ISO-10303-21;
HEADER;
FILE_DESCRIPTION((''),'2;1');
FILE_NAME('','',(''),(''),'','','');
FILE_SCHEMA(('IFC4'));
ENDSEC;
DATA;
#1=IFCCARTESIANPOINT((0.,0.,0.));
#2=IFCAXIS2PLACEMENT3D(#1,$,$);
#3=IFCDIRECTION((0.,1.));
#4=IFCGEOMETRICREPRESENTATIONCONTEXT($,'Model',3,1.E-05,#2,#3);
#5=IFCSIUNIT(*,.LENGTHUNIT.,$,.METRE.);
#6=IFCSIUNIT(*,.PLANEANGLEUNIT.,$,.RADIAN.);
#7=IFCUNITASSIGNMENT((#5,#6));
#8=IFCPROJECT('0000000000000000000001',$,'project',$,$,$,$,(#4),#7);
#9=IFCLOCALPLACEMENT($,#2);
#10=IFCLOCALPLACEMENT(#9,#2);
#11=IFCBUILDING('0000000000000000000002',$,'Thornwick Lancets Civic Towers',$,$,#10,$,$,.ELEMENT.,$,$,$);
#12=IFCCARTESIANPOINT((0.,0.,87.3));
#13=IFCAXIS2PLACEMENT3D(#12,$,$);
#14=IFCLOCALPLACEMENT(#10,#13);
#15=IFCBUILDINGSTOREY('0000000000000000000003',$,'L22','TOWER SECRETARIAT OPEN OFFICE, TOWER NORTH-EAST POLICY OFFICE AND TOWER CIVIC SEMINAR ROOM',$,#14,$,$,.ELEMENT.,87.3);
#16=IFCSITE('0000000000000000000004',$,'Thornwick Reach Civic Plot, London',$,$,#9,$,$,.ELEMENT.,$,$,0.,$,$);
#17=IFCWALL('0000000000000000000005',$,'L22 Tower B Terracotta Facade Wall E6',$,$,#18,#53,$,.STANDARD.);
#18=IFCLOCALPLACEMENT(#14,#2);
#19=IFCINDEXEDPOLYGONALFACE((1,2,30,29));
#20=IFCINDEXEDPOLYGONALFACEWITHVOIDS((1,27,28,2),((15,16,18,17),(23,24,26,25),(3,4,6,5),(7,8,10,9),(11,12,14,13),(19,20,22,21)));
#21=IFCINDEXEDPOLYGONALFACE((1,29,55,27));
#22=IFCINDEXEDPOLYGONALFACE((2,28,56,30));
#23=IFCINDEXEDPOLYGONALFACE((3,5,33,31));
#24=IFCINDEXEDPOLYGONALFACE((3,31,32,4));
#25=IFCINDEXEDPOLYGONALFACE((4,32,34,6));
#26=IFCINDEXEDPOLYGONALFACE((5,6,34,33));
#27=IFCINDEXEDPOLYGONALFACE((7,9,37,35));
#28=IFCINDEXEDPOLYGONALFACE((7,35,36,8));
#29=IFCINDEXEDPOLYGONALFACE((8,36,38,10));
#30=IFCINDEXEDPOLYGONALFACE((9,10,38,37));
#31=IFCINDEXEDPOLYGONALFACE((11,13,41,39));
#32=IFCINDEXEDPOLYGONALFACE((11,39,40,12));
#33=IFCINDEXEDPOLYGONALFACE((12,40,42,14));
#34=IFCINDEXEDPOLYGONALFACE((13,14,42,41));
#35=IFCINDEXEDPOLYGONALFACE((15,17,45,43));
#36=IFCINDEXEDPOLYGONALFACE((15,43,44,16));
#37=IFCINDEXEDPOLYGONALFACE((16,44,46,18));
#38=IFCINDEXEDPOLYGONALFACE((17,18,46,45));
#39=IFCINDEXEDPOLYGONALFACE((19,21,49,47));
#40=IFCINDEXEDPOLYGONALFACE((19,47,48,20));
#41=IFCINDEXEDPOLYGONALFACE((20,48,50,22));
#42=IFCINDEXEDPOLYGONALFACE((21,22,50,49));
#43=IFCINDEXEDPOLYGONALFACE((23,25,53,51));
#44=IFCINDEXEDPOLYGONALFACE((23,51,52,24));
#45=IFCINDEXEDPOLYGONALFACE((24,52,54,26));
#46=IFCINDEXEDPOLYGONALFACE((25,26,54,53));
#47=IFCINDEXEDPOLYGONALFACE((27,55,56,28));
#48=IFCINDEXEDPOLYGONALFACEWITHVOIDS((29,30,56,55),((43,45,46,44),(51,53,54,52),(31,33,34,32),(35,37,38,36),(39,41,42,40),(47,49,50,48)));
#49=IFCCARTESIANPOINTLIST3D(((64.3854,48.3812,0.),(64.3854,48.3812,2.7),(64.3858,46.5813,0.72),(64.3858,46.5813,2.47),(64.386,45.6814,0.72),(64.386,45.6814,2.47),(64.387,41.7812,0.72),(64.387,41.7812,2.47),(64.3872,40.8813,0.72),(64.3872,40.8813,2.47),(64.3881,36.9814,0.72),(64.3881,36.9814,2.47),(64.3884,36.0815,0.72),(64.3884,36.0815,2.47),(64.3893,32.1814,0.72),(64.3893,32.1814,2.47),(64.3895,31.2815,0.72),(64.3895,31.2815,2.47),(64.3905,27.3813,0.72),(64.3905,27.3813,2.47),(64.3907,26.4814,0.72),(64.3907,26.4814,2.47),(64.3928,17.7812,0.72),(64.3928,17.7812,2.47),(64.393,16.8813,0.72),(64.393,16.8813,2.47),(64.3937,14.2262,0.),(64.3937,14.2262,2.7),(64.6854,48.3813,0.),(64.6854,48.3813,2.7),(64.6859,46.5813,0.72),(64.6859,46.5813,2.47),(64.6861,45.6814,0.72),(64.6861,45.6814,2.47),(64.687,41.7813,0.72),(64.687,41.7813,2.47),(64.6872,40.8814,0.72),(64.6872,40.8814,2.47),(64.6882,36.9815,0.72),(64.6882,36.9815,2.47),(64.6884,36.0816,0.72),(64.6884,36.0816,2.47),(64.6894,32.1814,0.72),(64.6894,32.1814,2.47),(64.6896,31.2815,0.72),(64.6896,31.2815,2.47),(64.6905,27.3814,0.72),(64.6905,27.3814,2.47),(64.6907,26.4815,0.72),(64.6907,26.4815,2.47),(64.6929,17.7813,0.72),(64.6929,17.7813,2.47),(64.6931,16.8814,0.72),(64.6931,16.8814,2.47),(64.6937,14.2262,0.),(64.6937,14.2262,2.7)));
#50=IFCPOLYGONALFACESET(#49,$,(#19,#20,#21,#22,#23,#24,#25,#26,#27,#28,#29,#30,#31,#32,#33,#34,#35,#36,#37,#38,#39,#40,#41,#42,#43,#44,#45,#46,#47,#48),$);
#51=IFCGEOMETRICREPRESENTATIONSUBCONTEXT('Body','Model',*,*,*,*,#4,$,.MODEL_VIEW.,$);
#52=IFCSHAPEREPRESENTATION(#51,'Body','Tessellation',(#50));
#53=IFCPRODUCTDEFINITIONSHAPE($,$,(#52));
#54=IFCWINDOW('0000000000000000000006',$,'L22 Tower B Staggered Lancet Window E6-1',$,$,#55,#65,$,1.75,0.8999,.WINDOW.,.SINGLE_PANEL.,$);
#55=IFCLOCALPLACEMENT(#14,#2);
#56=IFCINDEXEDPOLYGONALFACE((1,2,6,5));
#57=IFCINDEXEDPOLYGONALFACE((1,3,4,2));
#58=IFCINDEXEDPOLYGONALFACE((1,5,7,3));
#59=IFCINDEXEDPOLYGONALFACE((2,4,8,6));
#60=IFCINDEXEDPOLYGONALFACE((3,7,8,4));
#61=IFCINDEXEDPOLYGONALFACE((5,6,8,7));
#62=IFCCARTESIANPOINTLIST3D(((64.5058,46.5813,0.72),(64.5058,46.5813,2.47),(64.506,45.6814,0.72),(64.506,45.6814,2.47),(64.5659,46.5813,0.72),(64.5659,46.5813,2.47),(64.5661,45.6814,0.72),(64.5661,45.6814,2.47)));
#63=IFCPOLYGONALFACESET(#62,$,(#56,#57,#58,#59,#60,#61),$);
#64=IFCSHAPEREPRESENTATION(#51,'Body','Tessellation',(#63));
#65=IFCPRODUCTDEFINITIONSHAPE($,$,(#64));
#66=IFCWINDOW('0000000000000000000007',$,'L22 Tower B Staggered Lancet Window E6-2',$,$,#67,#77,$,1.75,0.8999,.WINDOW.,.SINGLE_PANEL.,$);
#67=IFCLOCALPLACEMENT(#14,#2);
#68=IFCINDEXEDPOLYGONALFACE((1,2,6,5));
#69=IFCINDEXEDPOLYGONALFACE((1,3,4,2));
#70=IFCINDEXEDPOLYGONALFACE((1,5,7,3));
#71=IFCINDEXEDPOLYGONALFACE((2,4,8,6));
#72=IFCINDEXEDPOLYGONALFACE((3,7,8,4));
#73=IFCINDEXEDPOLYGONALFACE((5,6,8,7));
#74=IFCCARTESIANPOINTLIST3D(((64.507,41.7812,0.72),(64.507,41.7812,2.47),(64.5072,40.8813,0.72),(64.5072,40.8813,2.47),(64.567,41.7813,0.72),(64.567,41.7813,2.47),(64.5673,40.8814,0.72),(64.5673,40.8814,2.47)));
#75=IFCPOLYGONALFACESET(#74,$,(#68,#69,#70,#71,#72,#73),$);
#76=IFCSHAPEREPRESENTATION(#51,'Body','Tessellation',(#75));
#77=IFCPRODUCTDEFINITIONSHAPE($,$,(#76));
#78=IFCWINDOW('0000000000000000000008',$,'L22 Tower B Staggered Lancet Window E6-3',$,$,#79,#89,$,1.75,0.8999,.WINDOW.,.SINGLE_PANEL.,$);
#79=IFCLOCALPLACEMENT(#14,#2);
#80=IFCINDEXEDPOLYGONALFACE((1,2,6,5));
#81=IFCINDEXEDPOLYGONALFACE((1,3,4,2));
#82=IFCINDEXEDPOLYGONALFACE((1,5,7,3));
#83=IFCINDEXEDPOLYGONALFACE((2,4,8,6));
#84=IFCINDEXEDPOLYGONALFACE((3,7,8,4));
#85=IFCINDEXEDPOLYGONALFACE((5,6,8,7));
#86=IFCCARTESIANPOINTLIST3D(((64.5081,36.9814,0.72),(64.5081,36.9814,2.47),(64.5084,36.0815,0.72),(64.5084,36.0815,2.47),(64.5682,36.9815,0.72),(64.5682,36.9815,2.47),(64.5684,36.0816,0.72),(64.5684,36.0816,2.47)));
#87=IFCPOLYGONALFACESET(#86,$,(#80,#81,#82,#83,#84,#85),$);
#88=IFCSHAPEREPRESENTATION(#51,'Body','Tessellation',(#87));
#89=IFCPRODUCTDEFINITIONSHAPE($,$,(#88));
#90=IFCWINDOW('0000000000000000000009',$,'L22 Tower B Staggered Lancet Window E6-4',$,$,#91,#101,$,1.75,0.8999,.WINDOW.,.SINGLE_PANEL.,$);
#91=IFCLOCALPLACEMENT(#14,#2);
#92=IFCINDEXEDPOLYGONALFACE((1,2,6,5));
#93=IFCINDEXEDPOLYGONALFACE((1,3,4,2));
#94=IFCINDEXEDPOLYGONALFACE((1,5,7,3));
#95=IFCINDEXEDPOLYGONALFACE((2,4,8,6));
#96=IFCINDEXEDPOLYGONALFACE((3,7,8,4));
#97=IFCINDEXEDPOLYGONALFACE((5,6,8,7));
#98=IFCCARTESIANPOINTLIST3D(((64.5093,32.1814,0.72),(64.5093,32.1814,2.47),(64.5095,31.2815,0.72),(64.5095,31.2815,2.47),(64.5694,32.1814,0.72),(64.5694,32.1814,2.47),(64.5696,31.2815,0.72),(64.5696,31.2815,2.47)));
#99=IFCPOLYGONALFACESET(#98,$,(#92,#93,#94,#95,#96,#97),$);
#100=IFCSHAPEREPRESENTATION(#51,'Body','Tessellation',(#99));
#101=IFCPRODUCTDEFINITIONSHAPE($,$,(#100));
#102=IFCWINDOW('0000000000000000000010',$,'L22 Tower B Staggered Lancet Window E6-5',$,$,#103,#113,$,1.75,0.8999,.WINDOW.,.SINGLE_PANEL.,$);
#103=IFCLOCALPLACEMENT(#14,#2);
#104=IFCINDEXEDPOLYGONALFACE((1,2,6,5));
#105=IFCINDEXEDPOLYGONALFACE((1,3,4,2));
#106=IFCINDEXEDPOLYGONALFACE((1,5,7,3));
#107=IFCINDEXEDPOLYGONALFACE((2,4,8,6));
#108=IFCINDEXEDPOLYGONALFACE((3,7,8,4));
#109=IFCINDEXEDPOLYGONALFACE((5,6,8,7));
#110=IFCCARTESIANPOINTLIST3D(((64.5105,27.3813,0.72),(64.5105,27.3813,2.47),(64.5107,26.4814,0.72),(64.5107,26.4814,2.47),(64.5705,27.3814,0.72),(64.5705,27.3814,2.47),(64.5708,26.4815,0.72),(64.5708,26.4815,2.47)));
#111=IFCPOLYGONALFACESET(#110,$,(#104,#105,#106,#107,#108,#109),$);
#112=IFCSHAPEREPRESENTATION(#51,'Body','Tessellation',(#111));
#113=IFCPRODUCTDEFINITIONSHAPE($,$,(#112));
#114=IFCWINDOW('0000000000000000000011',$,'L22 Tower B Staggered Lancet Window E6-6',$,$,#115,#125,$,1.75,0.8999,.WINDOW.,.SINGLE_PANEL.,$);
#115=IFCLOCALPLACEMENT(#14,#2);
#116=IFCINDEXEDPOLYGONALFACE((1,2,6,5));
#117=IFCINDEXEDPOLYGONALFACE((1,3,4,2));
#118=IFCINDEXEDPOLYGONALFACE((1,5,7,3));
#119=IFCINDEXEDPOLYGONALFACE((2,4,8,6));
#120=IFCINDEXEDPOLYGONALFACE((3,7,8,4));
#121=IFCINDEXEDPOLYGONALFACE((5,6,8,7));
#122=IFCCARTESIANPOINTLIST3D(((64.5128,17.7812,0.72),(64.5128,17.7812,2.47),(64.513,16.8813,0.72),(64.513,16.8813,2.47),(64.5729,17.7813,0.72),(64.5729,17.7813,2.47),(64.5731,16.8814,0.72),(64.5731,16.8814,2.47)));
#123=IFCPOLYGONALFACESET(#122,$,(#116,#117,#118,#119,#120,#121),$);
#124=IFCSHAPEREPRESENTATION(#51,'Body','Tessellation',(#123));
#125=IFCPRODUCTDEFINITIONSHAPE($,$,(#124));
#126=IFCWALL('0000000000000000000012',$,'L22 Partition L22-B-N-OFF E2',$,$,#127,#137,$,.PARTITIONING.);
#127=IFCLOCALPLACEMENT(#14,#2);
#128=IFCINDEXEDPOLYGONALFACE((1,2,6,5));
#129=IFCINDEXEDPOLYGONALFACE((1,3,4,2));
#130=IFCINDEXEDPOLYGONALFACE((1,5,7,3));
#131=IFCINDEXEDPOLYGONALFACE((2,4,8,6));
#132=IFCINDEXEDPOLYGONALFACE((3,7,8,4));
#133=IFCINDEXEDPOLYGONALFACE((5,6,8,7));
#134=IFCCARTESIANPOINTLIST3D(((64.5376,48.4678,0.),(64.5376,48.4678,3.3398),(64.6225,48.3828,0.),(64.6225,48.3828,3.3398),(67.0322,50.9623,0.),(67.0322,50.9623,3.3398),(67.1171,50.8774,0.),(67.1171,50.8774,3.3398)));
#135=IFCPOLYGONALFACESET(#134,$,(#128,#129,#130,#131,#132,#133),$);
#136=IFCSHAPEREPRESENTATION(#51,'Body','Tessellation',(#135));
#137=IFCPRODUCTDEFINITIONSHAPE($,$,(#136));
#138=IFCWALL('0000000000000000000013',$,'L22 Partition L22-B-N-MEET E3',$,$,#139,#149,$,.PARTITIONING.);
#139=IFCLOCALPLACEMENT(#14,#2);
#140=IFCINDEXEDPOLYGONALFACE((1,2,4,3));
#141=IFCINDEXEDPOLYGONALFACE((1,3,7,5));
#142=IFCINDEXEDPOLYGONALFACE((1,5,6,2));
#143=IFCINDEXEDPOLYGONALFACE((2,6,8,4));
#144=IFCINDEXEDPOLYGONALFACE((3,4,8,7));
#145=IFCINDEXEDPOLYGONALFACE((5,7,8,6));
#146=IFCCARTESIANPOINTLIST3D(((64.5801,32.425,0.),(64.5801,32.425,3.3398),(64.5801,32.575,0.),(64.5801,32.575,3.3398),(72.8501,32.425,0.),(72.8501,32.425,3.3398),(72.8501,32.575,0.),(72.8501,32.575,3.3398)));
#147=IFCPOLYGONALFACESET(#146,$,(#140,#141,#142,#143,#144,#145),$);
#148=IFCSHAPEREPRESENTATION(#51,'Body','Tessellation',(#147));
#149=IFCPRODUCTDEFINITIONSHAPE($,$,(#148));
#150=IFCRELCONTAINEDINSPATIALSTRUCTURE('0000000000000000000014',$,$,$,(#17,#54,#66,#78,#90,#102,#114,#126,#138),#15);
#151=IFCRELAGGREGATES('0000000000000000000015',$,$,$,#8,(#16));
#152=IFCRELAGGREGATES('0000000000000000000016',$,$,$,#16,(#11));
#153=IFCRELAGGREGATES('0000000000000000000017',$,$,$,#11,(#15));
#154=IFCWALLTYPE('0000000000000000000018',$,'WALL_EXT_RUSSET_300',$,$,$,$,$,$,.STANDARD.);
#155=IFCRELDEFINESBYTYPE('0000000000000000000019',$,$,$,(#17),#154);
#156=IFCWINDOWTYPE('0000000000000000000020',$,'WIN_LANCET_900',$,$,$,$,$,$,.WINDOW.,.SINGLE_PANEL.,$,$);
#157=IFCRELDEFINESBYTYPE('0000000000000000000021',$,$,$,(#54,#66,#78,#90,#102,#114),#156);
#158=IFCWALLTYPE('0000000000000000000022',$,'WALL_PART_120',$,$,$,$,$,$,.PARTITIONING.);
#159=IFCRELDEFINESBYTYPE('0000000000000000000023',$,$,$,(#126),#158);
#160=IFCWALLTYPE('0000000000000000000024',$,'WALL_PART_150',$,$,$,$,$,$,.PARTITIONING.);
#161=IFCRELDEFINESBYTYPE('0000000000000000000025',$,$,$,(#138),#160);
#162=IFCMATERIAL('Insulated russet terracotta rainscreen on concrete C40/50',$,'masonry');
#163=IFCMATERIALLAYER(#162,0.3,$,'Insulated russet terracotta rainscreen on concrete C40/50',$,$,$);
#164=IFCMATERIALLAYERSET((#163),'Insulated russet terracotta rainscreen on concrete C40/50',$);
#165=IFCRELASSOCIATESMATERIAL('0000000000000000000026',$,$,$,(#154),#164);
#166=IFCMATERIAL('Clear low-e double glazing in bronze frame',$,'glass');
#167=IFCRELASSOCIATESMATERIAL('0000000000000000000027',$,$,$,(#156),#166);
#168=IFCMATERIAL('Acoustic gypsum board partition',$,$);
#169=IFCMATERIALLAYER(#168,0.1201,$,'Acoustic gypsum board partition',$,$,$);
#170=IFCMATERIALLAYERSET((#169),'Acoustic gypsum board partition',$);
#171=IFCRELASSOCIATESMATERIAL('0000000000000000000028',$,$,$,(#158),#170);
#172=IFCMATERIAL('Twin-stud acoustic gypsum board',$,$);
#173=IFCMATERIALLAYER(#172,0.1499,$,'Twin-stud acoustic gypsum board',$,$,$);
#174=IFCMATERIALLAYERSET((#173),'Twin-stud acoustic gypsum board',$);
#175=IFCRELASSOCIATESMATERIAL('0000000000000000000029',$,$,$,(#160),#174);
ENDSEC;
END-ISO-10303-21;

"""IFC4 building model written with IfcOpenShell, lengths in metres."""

from ifc_helpers import new_model, si_unit, direction, frame, frame_2d, origin, place, context, subcontext, project, spatial, rectangle, extrude, material, layer, layer_set, type_object, element, fill, save


model = new_model("IFC4")

# Units and contexts
model_context = context("Model", 3, precision=1e-05, world=origin(), true_north=direction((0.0, 1.0)))
body_context = subcontext(model_context, "Body", "Model", "MODEL_VIEW")
ifc_project = project(units=[si_unit("LENGTHUNIT", "METRE"), si_unit("PLANEANGLEUNIT", "RADIAN")], contexts=[model_context])

# Site, building, storey
site_placement = place(None, origin())
site = spatial("IfcSite", under=ifc_project, at=site_placement, Name="Thornwick Reach Civic Plot, London", CompositionType="ELEMENT", RefElevation=0.0)
building_placement = place(site_placement, origin())
building = spatial("IfcBuilding", under=site, at=building_placement, Name="Thornwick Lancets Civic Towers", CompositionType="ELEMENT")
storey_placement = place(building_placement, frame((0.0, 0.0, 87.3)))
storey = spatial("IfcBuildingStorey", under=building, at=storey_placement, Name="L22", Description="TOWER SECRETARIAT OPEN OFFICE, TOWER NORTH-EAST POLICY OFFICE AND TOWER CIVIC SEMINAR ROOM", CompositionType="ELEMENT", Elevation=87.3)

# Wall, openings, windows
ifc_material_1 = material(Name="Insulated russet terracotta rainscreen on concrete C40/50", Category="masonry")
ifc_layer_1 = layer(ifc_material_1, 0.3, Name="Insulated russet terracotta rainscreen on concrete C40/50")
ifc_layer_set_1 = layer_set([ifc_layer_1], Name="Insulated russet terracotta rainscreen on concrete C40/50")
wall_type_1 = type_object("IfcWallType", Name="WALL_EXT_RUSSET_300", PredefinedType="STANDARD", material=ifc_layer_set_1)
wall_1_placement = place(storey_placement, frame((64.5354, 48.3813, 0.0), z_axis=(0.0, 0.0, 1.0), x_axis=(0.000243, -1.0, 0.0)))
wall_1 = element("IfcWall", 1, at=wall_1_placement, inside=storey, type_object=wall_type_1, Name="L22 Tower B Terracotta Facade Wall E6", PredefinedType="STANDARD", context=body_context, shape_type="SweptSolid", body=[
    extrude(rectangle(XDim=34.155, YDim=0.3, at=frame_2d((17.0776, 0.0))), origin(), (0.0, 0.0, 1.0), 2.7),
])
opening_1_placement = place(wall_1_placement, frame((1.8, 0.0, 0.72)))
opening_1 = element("IfcOpeningElement", 2, at=opening_1_placement, cuts=wall_1, PredefinedType="OPENING", context=body_context, shape_type="SweptSolid", body=[
    extrude(rectangle(XDim=0.8999, YDim=1.75, at=frame_2d((0.45, 0.875))), frame((0.0, 0.1602, 0.0), z_axis=(0.0, -1.0, 0.0), x_axis=(1.0, 0.0, 0.0)), (0.0, 0.0, 1.0), 0.3201),
])
opening_2_placement = place(wall_1_placement, frame((6.6001, 0.0, 0.72)))
opening_2 = element("IfcOpeningElement", 3, at=opening_2_placement, cuts=wall_1, PredefinedType="OPENING", context=body_context, shape_type="SweptSolid", body=[
    extrude(rectangle(XDim=0.8999, YDim=1.75, at=frame_2d((0.45, 0.875))), frame((0.0, 0.1602, 0.0), z_axis=(0.0, -1.0, 0.0), x_axis=(1.0, 0.0, 0.0)), (0.0, 0.0, 1.0), 0.3201),
])
opening_3_placement = place(wall_1_placement, frame((11.3999, 0.0, 0.72)))
opening_3 = element("IfcOpeningElement", 4, at=opening_3_placement, cuts=wall_1, PredefinedType="OPENING", context=body_context, shape_type="SweptSolid", body=[
    extrude(rectangle(XDim=0.8999, YDim=1.75, at=frame_2d((0.45, 0.875))), frame((0.0, 0.1602, 0.0), z_axis=(0.0, -1.0, 0.0), x_axis=(1.0, 0.0, 0.0)), (0.0, 0.0, 1.0), 0.3201),
])
opening_4_placement = place(wall_1_placement, frame((16.2, 0.0, 0.72)))
opening_4 = element("IfcOpeningElement", 5, at=opening_4_placement, cuts=wall_1, PredefinedType="OPENING", context=body_context, shape_type="SweptSolid", body=[
    extrude(rectangle(XDim=0.8999, YDim=1.75, at=frame_2d((0.45, 0.875))), frame((0.0, 0.1602, 0.0), z_axis=(0.0, -1.0, 0.0), x_axis=(1.0, 0.0, 0.0)), (0.0, 0.0, 1.0), 0.3201),
])
opening_5_placement = place(wall_1_placement, frame((21.0, 0.0, 0.72)))
opening_5 = element("IfcOpeningElement", 6, at=opening_5_placement, cuts=wall_1, PredefinedType="OPENING", context=body_context, shape_type="SweptSolid", body=[
    extrude(rectangle(XDim=0.8999, YDim=1.75, at=frame_2d((0.45, 0.875))), frame((0.0, 0.1602, 0.0), z_axis=(0.0, -1.0, 0.0), x_axis=(1.0, 0.0, 0.0)), (0.0, 0.0, 1.0), 0.3201),
])
opening_6_placement = place(wall_1_placement, frame((30.6001, 0.0, 0.72)))
opening_6 = element("IfcOpeningElement", 7, at=opening_6_placement, cuts=wall_1, PredefinedType="OPENING", context=body_context, shape_type="SweptSolid", body=[
    extrude(rectangle(XDim=0.8999, YDim=1.75, at=frame_2d((0.45, 0.875))), frame((0.0, 0.1602, 0.0), z_axis=(0.0, -1.0, 0.0), x_axis=(1.0, 0.0, 0.0)), (0.0, 0.0, 1.0), 0.3201),
])
ifc_material_2 = material(Name="Clear low-e double glazing in bronze frame", Category="glass")
window_type = type_object("IfcWindowType", Name="WIN_LANCET_900", PartitioningType="SINGLE_PANEL", PredefinedType="WINDOW", material=ifc_material_2)
window_1_placement = place(opening_1_placement, origin())
window_1 = element("IfcWindow", 8, at=window_1_placement, inside=storey, type_object=window_type, Name="L22 Tower B Staggered Lancet Window E6-1", OverallHeight=1.75, OverallWidth=0.8999, PartitioningType="SINGLE_PANEL", PredefinedType="WINDOW", context=body_context, shape_type="SweptSolid", body=[
    extrude(rectangle(XDim=0.8999, YDim=1.75, at=frame_2d((0.45, 0.875))), frame((0.0, 0.03, 0.0), z_axis=(0.0, -1.0, 0.0), x_axis=(1.0, 0.0, 0.0)), (0.0, 0.0, 1.0), 0.0601),
])
fill(opening_1, window_1)
window_2_placement = place(opening_2_placement, origin())
window_2 = element("IfcWindow", 9, at=window_2_placement, inside=storey, type_object=window_type, Name="L22 Tower B Staggered Lancet Window E6-2", OverallHeight=1.75, OverallWidth=0.8999, PartitioningType="SINGLE_PANEL", PredefinedType="WINDOW", context=body_context, shape_type="SweptSolid", body=[
    extrude(rectangle(XDim=0.8999, YDim=1.75, at=frame_2d((0.45, 0.875))), frame((0.0, 0.03, 0.0), z_axis=(0.0, -1.0, 0.0), x_axis=(1.0, 0.0, 0.0)), (0.0, 0.0, 1.0), 0.0601),
])
fill(opening_2, window_2)
window_3_placement = place(opening_3_placement, origin())
window_3 = element("IfcWindow", 10, at=window_3_placement, inside=storey, type_object=window_type, Name="L22 Tower B Staggered Lancet Window E6-3", OverallHeight=1.75, OverallWidth=0.8999, PartitioningType="SINGLE_PANEL", PredefinedType="WINDOW", context=body_context, shape_type="SweptSolid", body=[
    extrude(rectangle(XDim=0.8999, YDim=1.75, at=frame_2d((0.45, 0.875))), frame((0.0, 0.03, 0.0), z_axis=(0.0, -1.0, 0.0), x_axis=(1.0, 0.0, 0.0)), (0.0, 0.0, 1.0), 0.0601),
])
fill(opening_3, window_3)
window_4_placement = place(opening_4_placement, origin())
window_4 = element("IfcWindow", 11, at=window_4_placement, inside=storey, type_object=window_type, Name="L22 Tower B Staggered Lancet Window E6-4", OverallHeight=1.75, OverallWidth=0.8999, PartitioningType="SINGLE_PANEL", PredefinedType="WINDOW", context=body_context, shape_type="SweptSolid", body=[
    extrude(rectangle(XDim=0.8999, YDim=1.75, at=frame_2d((0.45, 0.875))), frame((0.0, 0.03, 0.0), z_axis=(0.0, -1.0, 0.0), x_axis=(1.0, 0.0, 0.0)), (0.0, 0.0, 1.0), 0.0601),
])
fill(opening_4, window_4)
window_5_placement = place(opening_5_placement, origin())
window_5 = element("IfcWindow", 12, at=window_5_placement, inside=storey, type_object=window_type, Name="L22 Tower B Staggered Lancet Window E6-5", OverallHeight=1.75, OverallWidth=0.8999, PartitioningType="SINGLE_PANEL", PredefinedType="WINDOW", context=body_context, shape_type="SweptSolid", body=[
    extrude(rectangle(XDim=0.8999, YDim=1.75, at=frame_2d((0.45, 0.875))), frame((0.0, 0.03, 0.0), z_axis=(0.0, -1.0, 0.0), x_axis=(1.0, 0.0, 0.0)), (0.0, 0.0, 1.0), 0.0601),
])
fill(opening_5, window_5)
window_6_placement = place(opening_6_placement, origin())
window_6 = element("IfcWindow", 13, at=window_6_placement, inside=storey, type_object=window_type, Name="L22 Tower B Staggered Lancet Window E6-6", OverallHeight=1.75, OverallWidth=0.8999, PartitioningType="SINGLE_PANEL", PredefinedType="WINDOW", context=body_context, shape_type="SweptSolid", body=[
    extrude(rectangle(XDim=0.8999, YDim=1.75, at=frame_2d((0.45, 0.875))), frame((0.0, 0.03, 0.0), z_axis=(0.0, -1.0, 0.0), x_axis=(1.0, 0.0, 0.0)), (0.0, 0.0, 1.0), 0.0601),
])
fill(opening_6, window_6)

# Walls
ifc_material_3 = material(Name="Acoustic gypsum board partition")
ifc_layer_2 = layer(ifc_material_3, 0.1201, Name="Acoustic gypsum board partition")
ifc_layer_set_2 = layer_set([ifc_layer_2], Name="Acoustic gypsum board partition")
wall_type_2 = type_object("IfcWallType", Name="WALL_PART_120", PredefinedType="PARTITIONING", material=ifc_layer_set_2)
wall_2_placement = place(storey_placement, frame((64.5801, 48.4253, 0.0), z_axis=(0.0, 0.0, 1.0), x_axis=(0.707107, 0.707107, 0.0)))
element("IfcWall", 14, at=wall_2_placement, inside=storey, type_object=wall_type_2, Name="L22 Partition L22-B-N-OFF E2", PredefinedType="PARTITIONING", context=body_context, shape_type="SweptSolid", body=[
    extrude(rectangle(XDim=3.5278, YDim=0.1201, at=frame_2d((1.7639, 0.0))), origin(), (0.0, 0.0, 1.0), 3.3398),
])
ifc_material_4 = material(Name="Twin-stud acoustic gypsum board")
ifc_layer_3 = layer(ifc_material_4, 0.1499, Name="Twin-stud acoustic gypsum board")
ifc_layer_set_3 = layer_set([ifc_layer_3], Name="Twin-stud acoustic gypsum board")
wall_type_3 = type_object("IfcWallType", Name="WALL_PART_150", PredefinedType="PARTITIONING", material=ifc_layer_set_3)
wall_3_placement = place(storey_placement, frame((64.5801, 32.5, 0.0), z_axis=(0.0, 0.0, 1.0), x_axis=(1.0, 0.0, 0.0)))
element("IfcWall", 15, at=wall_3_placement, inside=storey, type_object=wall_type_3, Name="L22 Partition L22-B-N-MEET E3", PredefinedType="PARTITIONING", context=body_context, shape_type="SweptSolid", body=[
    extrude(rectangle(XDim=8.27, YDim=0.1499, at=frame_2d((4.135, 0.0))), origin(), (0.0, 0.0, 1.0), 3.3398),
])

save(model, "model.ifc")
